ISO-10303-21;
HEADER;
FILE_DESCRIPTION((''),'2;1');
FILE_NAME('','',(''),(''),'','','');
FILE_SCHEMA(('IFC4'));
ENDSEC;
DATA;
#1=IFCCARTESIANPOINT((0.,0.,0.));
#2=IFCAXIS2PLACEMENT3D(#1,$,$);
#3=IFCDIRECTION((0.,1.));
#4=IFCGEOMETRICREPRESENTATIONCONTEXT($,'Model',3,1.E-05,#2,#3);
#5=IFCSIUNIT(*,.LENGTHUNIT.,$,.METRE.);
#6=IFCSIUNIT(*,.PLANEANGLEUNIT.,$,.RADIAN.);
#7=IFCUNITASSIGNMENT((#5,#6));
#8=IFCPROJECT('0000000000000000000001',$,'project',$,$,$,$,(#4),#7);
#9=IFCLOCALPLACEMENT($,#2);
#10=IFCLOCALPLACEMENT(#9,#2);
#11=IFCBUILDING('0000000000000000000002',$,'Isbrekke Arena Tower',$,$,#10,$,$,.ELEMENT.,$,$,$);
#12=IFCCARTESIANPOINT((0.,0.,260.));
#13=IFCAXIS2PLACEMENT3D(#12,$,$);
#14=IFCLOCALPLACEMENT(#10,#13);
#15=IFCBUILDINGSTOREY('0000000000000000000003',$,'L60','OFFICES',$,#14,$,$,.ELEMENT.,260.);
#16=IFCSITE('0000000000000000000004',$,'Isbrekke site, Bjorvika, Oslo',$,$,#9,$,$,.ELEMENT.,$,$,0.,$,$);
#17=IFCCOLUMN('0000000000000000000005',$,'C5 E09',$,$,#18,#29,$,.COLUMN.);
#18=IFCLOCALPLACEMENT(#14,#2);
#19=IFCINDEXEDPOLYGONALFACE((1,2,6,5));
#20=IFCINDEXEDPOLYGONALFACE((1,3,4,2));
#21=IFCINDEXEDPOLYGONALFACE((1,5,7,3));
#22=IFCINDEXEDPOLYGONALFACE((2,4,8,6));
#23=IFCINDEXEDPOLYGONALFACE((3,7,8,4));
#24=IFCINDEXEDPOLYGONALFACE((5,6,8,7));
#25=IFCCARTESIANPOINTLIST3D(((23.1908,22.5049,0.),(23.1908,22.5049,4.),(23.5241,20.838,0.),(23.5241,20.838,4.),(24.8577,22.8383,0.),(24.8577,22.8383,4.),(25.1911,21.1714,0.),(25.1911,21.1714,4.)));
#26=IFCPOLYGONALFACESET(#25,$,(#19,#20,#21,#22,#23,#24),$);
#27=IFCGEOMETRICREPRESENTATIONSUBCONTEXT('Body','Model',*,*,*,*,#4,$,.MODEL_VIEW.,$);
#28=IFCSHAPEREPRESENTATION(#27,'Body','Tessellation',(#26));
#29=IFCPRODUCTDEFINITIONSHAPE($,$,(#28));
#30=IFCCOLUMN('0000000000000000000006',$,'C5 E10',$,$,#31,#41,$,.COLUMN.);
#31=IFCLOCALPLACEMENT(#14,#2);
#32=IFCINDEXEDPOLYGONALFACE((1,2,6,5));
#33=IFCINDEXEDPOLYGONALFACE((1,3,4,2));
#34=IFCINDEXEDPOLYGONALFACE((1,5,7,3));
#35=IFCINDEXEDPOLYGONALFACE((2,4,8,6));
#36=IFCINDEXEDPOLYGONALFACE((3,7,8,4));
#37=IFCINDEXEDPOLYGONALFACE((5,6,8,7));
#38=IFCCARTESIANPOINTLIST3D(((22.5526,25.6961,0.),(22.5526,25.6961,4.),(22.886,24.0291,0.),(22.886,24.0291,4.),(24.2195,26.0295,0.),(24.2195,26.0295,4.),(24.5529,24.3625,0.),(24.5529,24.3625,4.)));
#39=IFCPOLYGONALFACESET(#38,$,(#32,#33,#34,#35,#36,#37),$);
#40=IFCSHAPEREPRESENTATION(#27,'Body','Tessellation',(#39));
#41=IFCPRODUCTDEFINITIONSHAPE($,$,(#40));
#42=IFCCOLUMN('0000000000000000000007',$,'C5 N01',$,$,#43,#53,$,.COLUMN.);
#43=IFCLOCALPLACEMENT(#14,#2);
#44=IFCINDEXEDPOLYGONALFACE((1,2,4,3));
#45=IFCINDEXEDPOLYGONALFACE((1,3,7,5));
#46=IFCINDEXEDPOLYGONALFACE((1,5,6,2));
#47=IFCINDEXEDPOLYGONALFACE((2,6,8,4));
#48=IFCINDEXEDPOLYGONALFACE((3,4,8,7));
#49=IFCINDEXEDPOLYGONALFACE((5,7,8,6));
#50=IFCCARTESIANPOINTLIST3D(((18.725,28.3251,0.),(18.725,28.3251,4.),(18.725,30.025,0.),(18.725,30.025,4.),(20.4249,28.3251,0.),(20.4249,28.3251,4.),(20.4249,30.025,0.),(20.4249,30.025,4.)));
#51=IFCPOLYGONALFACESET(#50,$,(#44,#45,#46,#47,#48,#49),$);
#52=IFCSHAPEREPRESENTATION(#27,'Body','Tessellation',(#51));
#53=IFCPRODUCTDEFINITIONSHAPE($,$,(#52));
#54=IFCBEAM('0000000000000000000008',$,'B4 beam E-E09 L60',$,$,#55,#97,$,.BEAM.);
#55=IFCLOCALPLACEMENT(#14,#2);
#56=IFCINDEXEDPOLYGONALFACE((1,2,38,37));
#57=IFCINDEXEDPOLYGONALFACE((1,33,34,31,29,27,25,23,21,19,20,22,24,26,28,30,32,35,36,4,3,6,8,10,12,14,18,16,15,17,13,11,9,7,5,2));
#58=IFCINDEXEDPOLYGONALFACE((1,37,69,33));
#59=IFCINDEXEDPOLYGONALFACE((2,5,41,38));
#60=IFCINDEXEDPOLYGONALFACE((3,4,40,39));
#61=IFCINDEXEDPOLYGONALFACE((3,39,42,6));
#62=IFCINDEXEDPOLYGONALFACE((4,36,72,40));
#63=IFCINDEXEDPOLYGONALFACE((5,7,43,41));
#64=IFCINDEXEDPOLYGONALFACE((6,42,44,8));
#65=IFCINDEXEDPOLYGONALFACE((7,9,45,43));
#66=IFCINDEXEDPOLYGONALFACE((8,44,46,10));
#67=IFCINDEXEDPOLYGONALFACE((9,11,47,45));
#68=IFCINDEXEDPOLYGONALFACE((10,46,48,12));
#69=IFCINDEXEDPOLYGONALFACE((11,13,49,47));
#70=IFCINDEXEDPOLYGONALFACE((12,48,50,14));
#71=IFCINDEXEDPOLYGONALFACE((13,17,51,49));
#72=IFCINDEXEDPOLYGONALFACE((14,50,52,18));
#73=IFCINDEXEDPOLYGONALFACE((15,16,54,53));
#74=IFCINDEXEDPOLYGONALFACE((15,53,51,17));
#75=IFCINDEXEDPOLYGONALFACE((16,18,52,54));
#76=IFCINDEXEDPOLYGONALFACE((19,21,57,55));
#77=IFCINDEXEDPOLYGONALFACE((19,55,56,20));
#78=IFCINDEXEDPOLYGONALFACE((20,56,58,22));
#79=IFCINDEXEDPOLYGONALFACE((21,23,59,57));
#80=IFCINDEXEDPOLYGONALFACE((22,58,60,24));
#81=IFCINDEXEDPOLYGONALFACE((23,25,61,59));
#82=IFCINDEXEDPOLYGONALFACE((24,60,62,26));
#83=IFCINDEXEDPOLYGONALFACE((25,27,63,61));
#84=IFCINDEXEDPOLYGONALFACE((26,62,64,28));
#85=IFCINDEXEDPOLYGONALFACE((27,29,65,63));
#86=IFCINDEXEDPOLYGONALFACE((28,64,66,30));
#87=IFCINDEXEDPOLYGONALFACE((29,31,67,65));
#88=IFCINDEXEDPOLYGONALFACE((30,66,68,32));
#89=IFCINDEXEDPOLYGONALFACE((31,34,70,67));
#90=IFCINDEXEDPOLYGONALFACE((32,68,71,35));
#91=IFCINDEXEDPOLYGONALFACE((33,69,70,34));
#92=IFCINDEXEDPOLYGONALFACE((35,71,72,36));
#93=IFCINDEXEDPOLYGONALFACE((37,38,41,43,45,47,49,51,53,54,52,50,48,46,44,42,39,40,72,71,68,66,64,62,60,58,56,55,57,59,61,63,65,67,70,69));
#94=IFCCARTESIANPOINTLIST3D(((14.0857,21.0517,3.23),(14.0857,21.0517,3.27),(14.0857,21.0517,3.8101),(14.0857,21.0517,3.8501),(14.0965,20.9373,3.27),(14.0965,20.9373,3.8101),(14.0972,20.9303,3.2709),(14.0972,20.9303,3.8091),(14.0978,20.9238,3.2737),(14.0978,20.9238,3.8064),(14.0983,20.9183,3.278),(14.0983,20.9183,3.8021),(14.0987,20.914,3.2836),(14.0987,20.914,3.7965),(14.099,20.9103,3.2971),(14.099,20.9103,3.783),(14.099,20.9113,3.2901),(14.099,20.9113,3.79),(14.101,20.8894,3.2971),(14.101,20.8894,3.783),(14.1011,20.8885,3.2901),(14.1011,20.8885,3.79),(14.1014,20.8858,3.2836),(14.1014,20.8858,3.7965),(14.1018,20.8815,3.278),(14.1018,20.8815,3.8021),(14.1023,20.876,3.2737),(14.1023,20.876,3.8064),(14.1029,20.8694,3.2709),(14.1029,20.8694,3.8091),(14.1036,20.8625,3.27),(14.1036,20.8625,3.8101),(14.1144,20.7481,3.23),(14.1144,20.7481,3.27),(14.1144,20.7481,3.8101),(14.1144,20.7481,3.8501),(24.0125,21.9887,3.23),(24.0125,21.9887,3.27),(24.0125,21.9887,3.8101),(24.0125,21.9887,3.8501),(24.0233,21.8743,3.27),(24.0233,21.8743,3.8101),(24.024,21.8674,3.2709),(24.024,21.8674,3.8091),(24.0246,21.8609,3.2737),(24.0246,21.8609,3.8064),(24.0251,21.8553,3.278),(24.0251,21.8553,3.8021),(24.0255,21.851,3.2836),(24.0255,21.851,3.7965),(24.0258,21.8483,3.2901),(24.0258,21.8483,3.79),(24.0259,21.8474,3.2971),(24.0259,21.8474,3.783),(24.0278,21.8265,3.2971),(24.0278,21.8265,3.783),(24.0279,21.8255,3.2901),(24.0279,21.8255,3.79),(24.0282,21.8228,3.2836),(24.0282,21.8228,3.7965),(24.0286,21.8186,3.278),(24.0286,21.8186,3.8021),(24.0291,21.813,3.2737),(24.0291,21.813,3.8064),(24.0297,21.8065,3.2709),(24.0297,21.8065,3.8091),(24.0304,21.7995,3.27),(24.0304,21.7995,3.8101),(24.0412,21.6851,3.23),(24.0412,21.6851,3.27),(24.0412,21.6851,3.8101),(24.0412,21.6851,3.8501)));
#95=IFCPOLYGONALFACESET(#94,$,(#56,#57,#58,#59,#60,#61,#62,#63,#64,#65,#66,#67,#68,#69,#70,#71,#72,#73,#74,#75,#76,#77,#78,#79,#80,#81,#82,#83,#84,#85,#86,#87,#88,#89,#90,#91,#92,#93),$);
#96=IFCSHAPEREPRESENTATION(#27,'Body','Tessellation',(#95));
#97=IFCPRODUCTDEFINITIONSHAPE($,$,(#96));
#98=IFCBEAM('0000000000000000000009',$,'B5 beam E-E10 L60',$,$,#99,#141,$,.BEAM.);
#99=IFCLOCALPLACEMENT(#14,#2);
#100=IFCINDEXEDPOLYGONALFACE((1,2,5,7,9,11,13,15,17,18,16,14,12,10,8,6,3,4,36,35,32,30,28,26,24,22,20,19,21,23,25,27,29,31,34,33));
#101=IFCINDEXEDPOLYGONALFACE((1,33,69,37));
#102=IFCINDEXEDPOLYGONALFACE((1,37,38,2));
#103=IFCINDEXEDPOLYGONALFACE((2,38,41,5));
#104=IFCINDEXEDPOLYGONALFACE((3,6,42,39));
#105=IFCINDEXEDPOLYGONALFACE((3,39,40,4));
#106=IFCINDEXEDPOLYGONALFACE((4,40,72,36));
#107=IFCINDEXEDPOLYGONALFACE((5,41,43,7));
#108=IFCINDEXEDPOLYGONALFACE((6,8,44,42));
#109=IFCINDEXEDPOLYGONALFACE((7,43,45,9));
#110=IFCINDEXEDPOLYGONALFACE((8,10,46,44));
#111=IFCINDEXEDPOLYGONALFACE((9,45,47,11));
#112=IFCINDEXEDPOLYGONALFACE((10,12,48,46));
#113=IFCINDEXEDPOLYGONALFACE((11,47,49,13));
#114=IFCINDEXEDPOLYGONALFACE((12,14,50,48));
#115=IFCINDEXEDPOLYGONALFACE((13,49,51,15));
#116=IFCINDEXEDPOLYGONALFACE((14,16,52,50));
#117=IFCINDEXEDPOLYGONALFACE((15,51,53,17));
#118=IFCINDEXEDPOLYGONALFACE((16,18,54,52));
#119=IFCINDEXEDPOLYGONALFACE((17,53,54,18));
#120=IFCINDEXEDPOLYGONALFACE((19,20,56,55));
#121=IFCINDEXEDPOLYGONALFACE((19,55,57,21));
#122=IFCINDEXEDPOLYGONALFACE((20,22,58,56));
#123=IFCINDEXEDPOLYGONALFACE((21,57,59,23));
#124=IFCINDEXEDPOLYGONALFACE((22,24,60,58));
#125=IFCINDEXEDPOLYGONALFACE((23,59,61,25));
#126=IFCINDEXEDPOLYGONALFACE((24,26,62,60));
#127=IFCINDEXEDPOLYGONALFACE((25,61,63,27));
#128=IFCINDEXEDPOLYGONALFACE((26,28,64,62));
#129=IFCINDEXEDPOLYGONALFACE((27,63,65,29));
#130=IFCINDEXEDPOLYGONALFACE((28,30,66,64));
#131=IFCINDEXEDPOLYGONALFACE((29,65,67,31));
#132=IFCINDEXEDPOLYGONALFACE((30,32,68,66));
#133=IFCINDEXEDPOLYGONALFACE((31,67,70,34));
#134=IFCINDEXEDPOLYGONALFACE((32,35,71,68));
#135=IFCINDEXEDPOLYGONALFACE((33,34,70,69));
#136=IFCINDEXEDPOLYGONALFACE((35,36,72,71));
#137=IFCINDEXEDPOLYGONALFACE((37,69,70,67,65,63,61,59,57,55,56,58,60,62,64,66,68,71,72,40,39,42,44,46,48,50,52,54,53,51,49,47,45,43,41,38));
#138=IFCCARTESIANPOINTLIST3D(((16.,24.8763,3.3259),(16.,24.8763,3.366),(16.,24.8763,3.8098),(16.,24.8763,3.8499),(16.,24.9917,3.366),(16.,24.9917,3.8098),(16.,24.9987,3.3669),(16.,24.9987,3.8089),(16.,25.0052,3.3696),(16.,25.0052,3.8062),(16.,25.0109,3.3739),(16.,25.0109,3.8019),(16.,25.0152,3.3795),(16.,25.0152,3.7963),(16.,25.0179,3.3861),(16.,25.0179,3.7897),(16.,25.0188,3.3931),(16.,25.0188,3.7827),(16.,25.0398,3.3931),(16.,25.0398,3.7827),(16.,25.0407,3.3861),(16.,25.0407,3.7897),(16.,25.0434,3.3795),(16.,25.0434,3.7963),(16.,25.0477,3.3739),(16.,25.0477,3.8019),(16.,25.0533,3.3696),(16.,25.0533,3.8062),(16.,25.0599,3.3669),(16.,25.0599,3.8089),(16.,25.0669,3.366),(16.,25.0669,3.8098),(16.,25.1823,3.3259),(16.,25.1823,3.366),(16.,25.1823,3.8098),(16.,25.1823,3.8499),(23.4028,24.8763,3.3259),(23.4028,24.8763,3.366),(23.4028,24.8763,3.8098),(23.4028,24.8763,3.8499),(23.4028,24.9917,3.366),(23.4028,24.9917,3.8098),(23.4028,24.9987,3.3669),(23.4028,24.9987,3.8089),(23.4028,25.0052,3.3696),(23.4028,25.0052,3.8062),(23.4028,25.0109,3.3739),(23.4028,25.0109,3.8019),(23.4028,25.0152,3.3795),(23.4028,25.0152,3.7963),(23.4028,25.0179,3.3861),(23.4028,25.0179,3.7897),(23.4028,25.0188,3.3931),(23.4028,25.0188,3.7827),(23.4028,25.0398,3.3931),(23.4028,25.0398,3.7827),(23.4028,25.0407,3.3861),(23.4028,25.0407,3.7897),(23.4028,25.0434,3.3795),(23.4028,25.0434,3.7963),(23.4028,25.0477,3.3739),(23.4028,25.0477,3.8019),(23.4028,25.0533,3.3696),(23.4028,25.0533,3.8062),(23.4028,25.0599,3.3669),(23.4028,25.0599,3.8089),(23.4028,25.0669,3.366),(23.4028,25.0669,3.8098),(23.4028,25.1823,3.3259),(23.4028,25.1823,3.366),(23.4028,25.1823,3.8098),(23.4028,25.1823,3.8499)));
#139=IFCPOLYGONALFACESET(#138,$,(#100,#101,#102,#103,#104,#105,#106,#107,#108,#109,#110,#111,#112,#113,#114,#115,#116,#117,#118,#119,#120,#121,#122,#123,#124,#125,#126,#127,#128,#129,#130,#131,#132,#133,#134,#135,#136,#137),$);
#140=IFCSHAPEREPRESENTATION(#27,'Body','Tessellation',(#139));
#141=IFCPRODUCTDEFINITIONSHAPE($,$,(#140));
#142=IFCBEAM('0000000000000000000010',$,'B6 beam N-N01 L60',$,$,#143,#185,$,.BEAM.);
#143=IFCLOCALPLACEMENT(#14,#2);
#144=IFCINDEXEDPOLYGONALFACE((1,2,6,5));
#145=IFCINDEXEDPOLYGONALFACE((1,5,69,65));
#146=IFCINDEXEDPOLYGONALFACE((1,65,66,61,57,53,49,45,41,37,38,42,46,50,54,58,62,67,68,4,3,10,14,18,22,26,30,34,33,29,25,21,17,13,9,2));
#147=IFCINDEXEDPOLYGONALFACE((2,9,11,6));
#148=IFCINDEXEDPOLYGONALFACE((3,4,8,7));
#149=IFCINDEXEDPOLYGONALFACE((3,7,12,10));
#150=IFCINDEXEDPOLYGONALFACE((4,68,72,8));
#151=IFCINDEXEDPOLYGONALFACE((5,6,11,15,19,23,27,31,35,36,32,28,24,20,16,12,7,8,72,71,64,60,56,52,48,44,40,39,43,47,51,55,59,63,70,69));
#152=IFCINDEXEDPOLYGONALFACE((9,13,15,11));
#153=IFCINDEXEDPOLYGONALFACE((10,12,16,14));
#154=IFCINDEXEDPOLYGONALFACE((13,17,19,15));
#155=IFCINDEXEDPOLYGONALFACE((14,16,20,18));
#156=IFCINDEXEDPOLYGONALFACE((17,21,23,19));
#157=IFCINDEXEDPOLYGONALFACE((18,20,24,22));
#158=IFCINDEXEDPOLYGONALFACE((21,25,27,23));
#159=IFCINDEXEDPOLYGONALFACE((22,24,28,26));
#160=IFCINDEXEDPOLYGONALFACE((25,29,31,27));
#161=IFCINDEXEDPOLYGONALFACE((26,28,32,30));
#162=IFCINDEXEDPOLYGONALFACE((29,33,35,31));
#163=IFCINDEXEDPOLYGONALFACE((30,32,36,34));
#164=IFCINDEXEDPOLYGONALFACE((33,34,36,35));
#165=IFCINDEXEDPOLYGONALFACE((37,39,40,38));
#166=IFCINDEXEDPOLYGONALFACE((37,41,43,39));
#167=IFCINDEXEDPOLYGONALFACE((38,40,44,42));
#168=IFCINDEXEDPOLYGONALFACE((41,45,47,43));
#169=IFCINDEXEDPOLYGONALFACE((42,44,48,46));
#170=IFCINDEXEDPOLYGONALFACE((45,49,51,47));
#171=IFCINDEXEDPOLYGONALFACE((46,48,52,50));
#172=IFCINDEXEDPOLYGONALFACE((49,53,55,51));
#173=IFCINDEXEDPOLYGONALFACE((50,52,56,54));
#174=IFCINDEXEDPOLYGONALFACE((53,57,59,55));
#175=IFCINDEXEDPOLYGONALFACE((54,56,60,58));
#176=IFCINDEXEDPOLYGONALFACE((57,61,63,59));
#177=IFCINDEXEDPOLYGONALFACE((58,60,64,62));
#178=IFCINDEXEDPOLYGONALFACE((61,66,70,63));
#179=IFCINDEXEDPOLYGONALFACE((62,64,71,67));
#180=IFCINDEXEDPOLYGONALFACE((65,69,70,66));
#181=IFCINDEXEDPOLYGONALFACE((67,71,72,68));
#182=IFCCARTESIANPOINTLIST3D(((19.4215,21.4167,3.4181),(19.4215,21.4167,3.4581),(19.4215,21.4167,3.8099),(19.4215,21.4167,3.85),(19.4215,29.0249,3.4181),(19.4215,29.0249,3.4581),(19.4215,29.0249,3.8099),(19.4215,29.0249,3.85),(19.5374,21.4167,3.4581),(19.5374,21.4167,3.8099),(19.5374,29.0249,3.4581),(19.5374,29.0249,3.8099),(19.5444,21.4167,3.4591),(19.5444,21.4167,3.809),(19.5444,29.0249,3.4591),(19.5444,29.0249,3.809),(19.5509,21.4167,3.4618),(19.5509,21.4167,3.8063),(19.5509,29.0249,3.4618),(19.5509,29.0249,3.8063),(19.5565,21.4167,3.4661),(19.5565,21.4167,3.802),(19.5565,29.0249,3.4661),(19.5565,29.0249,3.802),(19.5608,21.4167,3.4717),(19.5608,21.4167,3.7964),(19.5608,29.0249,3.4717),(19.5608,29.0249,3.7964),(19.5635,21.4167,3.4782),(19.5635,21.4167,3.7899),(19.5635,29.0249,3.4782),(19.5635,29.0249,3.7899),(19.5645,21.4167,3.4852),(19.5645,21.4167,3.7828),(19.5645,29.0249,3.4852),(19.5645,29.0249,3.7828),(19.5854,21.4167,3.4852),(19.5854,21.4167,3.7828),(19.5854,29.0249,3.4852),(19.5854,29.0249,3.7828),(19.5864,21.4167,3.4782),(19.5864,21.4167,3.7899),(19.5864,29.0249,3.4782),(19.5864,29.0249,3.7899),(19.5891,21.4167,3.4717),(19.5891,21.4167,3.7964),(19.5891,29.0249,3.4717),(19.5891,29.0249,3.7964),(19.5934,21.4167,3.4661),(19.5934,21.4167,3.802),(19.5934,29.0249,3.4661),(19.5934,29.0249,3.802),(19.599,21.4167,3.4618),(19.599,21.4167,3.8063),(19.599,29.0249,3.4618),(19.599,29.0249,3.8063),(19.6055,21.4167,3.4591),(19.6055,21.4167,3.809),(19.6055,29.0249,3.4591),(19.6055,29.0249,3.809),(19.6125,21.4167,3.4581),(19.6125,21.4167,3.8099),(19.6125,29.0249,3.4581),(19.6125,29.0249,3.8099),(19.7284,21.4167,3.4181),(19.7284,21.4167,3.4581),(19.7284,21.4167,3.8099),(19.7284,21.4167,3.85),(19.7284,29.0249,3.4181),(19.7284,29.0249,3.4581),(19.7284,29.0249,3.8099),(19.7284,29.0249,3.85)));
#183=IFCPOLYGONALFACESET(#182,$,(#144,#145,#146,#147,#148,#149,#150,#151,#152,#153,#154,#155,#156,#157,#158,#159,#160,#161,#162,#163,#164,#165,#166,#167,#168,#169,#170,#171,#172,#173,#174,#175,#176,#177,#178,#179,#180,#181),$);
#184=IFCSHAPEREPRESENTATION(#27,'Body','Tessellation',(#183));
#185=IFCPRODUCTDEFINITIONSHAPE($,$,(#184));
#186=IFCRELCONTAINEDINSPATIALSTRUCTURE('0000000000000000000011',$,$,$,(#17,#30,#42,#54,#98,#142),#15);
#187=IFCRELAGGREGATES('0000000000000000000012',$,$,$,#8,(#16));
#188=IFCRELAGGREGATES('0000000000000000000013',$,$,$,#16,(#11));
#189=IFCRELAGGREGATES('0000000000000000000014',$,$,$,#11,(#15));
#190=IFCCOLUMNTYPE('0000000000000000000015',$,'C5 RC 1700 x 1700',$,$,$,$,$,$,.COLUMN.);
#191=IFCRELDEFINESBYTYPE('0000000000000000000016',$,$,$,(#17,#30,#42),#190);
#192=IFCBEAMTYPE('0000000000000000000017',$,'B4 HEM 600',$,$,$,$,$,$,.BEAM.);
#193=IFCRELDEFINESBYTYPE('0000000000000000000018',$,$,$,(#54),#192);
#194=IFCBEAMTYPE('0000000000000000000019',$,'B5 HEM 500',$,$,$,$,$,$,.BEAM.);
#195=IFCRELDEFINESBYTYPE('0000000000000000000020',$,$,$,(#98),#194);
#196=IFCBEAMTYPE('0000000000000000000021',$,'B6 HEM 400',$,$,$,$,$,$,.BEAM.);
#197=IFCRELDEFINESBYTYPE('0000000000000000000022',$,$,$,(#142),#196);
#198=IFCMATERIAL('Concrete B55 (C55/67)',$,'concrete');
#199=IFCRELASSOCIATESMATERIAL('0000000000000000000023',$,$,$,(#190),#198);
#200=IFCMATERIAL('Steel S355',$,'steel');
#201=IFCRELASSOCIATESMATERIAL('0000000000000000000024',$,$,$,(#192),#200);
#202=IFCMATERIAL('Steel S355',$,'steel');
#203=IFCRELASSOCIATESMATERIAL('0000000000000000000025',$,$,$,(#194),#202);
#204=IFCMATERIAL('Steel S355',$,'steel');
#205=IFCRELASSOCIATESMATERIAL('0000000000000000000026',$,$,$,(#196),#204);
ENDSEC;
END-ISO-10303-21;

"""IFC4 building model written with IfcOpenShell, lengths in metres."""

from ifc_helpers import new_model, si_unit, direction, frame, origin, origin_2d, place, context, subcontext, project, spatial, rectangle, i_section, extrude, material, material_profile, profile_set, type_object, element, save


model = new_model("IFC4")

# Units and contexts
model_context = context("Model", 3, precision=1e-05, world=origin(), true_north=direction((0.0, 1.0)))
body_context = subcontext(model_context, "Body", "Model", "MODEL_VIEW")
ifc_project = project(units=[si_unit("LENGTHUNIT", "METRE"), si_unit("PLANEANGLEUNIT", "RADIAN")], contexts=[model_context])

# Site, building, storey
site_placement = place(None, origin())
site = spatial("IfcSite", under=ifc_project, at=site_placement, Name="Isbrekke site, Bjorvika, Oslo", CompositionType="ELEMENT", RefElevation=0.0)
building_placement = place(site_placement, origin())
building = spatial("IfcBuilding", under=site, at=building_placement, Name="Isbrekke Arena Tower", CompositionType="ELEMENT")
storey_placement = place(building_placement, frame((0.0, 0.0, 260.0)))
storey = spatial("IfcBuildingStorey", under=building, at=storey_placement, Name="L60", Description="OFFICES", CompositionType="ELEMENT", Elevation=260.0)

# Columns
ifc_material_1 = material(Name="Concrete B55 (C55/67)", Category="concrete")
ifc_material_profile_1 = material_profile(ifc_material_1, rectangle(XDim=1.7, YDim=1.7, at=origin_2d()), Name="RC 1700x1700")
ifc_profile_set_1 = profile_set([ifc_material_profile_1], Name="Concrete B55 (C55/67)")
column_type = type_object("IfcColumnType", Name="C5 RC 1700 x 1700", PredefinedType="COLUMN", material=ifc_profile_set_1)
for number, where, z_axis, x_axis, name in (
    (1, (24.1909, 21.8381, 0.0), (0.0, 0.0, 1.0), (-0.196116, 0.980581, 0.0), "C5 E09"),
    (2, (23.5527, 25.0293, 0.0), (0.0, 0.0, 1.0), (-0.196116, 0.980581, 0.0), "C5 E10"),
    (3, (19.575, 29.175, 0.0), (0.0, 0.0, 1.0), (-1.0, 0.0, 0.0), "C5 N01"),
):
    element("IfcColumn", number, at=place(storey_placement, frame(where, z_axis=z_axis, x_axis=x_axis)), inside=storey, type_object=column_type, Name=name, PredefinedType="COLUMN", context=body_context, shape_type="SweptSolid", body=[
        extrude(rectangle(XDim=1.7, YDim=1.7, at=origin_2d()), origin(), (0.0, 0.0, 1.0), 4.0),
    ])

# Beams
ifc_material_2 = material(Name="Steel S355", Category="steel")
ifc_material_profile_2 = material_profile(ifc_material_2, i_section(OverallWidth=0.3049, OverallDepth=0.6201, WebThickness=0.021, FlangeThickness=0.04, FilletRadius=0.0271, at=origin_2d()), Name="HEM 600")
ifc_profile_set_2 = profile_set([ifc_material_profile_2], Name="Steel S355")
beam_type_1 = type_object("IfcBeamType", Name="B4 HEM 600", PredefinedType="BEAM", material=ifc_profile_set_2)
beam_1_placement = place(storey_placement, frame((24.0269, 21.8369, 3.54), z_axis=(-0.995575, -0.093975, 0.0), x_axis=(0.093975, -0.995575, 0.0)))
element("IfcBeam", 4, at=beam_1_placement, inside=storey, type_object=beam_type_1, Name="B4 beam E-E09 L60", PredefinedType="BEAM", context=body_context, shape_type="SweptSolid", body=[
    extrude(i_section(OverallWidth=0.3049, OverallDepth=0.6201, WebThickness=0.021, FlangeThickness=0.04, FilletRadius=0.0271, at=origin_2d()), origin(), (0.0, 0.0, 1.0), 9.9709),
])
ifc_material_3 = material(Name="Steel S355", Category="steel")
ifc_material_profile_3 = material_profile(ifc_material_3, i_section(OverallWidth=0.3059, OverallDepth=0.5239, WebThickness=0.021, FlangeThickness=0.04, FilletRadius=0.0271, at=origin_2d()), Name="HEM 500")
ifc_profile_set_3 = profile_set([ifc_material_profile_3], Name="Steel S355")
beam_type_2 = type_object("IfcBeamType", Name="B5 HEM 500", PredefinedType="BEAM", material=ifc_profile_set_3)
beam_2_placement = place(storey_placement, frame((23.4028, 25.0293, 3.5879), z_axis=(-1.0, 0.0, 0.0), x_axis=(0.0, -1.0, 0.0)))
element("IfcBeam", 5, at=beam_2_placement, inside=storey, type_object=beam_type_2, Name="B5 beam E-E10 L60", PredefinedType="BEAM", context=body_context, shape_type="SweptSolid", body=[
    extrude(i_section(OverallWidth=0.3059, OverallDepth=0.5239, WebThickness=0.021, FlangeThickness=0.04, FilletRadius=0.0271, at=origin_2d()), origin(), (0.0, 0.0, 1.0), 7.4028),
])
ifc_material_4 = material(Name="Steel S355", Category="steel")
ifc_material_profile_4 = material_profile(ifc_material_4, i_section(OverallWidth=0.3069, OverallDepth=0.4319, WebThickness=0.021, FlangeThickness=0.04, FilletRadius=0.0271, at=origin_2d()), Name="HEM 400")
ifc_profile_set_4 = profile_set([ifc_material_profile_4], Name="Steel S355")
beam_type_3 = type_object("IfcBeamType", Name="B6 HEM 400", PredefinedType="BEAM", material=ifc_profile_set_4)
beam_3_placement = place(storey_placement, frame((19.575, 29.0249, 3.634), z_axis=(0.0, -1.0, 0.0), x_axis=(1.0, 0.0, 0.0)))
element("IfcBeam", 6, at=beam_3_placement, inside=storey, type_object=beam_type_3, Name="B6 beam N-N01 L60", PredefinedType="BEAM", context=body_context, shape_type="SweptSolid", body=[
    extrude(i_section(OverallWidth=0.3069, OverallDepth=0.4319, WebThickness=0.021, FlangeThickness=0.04, FilletRadius=0.0271, at=origin_2d()), origin(), (0.0, 0.0, 1.0), 7.6082),
])

save(model, "model.ifc")
